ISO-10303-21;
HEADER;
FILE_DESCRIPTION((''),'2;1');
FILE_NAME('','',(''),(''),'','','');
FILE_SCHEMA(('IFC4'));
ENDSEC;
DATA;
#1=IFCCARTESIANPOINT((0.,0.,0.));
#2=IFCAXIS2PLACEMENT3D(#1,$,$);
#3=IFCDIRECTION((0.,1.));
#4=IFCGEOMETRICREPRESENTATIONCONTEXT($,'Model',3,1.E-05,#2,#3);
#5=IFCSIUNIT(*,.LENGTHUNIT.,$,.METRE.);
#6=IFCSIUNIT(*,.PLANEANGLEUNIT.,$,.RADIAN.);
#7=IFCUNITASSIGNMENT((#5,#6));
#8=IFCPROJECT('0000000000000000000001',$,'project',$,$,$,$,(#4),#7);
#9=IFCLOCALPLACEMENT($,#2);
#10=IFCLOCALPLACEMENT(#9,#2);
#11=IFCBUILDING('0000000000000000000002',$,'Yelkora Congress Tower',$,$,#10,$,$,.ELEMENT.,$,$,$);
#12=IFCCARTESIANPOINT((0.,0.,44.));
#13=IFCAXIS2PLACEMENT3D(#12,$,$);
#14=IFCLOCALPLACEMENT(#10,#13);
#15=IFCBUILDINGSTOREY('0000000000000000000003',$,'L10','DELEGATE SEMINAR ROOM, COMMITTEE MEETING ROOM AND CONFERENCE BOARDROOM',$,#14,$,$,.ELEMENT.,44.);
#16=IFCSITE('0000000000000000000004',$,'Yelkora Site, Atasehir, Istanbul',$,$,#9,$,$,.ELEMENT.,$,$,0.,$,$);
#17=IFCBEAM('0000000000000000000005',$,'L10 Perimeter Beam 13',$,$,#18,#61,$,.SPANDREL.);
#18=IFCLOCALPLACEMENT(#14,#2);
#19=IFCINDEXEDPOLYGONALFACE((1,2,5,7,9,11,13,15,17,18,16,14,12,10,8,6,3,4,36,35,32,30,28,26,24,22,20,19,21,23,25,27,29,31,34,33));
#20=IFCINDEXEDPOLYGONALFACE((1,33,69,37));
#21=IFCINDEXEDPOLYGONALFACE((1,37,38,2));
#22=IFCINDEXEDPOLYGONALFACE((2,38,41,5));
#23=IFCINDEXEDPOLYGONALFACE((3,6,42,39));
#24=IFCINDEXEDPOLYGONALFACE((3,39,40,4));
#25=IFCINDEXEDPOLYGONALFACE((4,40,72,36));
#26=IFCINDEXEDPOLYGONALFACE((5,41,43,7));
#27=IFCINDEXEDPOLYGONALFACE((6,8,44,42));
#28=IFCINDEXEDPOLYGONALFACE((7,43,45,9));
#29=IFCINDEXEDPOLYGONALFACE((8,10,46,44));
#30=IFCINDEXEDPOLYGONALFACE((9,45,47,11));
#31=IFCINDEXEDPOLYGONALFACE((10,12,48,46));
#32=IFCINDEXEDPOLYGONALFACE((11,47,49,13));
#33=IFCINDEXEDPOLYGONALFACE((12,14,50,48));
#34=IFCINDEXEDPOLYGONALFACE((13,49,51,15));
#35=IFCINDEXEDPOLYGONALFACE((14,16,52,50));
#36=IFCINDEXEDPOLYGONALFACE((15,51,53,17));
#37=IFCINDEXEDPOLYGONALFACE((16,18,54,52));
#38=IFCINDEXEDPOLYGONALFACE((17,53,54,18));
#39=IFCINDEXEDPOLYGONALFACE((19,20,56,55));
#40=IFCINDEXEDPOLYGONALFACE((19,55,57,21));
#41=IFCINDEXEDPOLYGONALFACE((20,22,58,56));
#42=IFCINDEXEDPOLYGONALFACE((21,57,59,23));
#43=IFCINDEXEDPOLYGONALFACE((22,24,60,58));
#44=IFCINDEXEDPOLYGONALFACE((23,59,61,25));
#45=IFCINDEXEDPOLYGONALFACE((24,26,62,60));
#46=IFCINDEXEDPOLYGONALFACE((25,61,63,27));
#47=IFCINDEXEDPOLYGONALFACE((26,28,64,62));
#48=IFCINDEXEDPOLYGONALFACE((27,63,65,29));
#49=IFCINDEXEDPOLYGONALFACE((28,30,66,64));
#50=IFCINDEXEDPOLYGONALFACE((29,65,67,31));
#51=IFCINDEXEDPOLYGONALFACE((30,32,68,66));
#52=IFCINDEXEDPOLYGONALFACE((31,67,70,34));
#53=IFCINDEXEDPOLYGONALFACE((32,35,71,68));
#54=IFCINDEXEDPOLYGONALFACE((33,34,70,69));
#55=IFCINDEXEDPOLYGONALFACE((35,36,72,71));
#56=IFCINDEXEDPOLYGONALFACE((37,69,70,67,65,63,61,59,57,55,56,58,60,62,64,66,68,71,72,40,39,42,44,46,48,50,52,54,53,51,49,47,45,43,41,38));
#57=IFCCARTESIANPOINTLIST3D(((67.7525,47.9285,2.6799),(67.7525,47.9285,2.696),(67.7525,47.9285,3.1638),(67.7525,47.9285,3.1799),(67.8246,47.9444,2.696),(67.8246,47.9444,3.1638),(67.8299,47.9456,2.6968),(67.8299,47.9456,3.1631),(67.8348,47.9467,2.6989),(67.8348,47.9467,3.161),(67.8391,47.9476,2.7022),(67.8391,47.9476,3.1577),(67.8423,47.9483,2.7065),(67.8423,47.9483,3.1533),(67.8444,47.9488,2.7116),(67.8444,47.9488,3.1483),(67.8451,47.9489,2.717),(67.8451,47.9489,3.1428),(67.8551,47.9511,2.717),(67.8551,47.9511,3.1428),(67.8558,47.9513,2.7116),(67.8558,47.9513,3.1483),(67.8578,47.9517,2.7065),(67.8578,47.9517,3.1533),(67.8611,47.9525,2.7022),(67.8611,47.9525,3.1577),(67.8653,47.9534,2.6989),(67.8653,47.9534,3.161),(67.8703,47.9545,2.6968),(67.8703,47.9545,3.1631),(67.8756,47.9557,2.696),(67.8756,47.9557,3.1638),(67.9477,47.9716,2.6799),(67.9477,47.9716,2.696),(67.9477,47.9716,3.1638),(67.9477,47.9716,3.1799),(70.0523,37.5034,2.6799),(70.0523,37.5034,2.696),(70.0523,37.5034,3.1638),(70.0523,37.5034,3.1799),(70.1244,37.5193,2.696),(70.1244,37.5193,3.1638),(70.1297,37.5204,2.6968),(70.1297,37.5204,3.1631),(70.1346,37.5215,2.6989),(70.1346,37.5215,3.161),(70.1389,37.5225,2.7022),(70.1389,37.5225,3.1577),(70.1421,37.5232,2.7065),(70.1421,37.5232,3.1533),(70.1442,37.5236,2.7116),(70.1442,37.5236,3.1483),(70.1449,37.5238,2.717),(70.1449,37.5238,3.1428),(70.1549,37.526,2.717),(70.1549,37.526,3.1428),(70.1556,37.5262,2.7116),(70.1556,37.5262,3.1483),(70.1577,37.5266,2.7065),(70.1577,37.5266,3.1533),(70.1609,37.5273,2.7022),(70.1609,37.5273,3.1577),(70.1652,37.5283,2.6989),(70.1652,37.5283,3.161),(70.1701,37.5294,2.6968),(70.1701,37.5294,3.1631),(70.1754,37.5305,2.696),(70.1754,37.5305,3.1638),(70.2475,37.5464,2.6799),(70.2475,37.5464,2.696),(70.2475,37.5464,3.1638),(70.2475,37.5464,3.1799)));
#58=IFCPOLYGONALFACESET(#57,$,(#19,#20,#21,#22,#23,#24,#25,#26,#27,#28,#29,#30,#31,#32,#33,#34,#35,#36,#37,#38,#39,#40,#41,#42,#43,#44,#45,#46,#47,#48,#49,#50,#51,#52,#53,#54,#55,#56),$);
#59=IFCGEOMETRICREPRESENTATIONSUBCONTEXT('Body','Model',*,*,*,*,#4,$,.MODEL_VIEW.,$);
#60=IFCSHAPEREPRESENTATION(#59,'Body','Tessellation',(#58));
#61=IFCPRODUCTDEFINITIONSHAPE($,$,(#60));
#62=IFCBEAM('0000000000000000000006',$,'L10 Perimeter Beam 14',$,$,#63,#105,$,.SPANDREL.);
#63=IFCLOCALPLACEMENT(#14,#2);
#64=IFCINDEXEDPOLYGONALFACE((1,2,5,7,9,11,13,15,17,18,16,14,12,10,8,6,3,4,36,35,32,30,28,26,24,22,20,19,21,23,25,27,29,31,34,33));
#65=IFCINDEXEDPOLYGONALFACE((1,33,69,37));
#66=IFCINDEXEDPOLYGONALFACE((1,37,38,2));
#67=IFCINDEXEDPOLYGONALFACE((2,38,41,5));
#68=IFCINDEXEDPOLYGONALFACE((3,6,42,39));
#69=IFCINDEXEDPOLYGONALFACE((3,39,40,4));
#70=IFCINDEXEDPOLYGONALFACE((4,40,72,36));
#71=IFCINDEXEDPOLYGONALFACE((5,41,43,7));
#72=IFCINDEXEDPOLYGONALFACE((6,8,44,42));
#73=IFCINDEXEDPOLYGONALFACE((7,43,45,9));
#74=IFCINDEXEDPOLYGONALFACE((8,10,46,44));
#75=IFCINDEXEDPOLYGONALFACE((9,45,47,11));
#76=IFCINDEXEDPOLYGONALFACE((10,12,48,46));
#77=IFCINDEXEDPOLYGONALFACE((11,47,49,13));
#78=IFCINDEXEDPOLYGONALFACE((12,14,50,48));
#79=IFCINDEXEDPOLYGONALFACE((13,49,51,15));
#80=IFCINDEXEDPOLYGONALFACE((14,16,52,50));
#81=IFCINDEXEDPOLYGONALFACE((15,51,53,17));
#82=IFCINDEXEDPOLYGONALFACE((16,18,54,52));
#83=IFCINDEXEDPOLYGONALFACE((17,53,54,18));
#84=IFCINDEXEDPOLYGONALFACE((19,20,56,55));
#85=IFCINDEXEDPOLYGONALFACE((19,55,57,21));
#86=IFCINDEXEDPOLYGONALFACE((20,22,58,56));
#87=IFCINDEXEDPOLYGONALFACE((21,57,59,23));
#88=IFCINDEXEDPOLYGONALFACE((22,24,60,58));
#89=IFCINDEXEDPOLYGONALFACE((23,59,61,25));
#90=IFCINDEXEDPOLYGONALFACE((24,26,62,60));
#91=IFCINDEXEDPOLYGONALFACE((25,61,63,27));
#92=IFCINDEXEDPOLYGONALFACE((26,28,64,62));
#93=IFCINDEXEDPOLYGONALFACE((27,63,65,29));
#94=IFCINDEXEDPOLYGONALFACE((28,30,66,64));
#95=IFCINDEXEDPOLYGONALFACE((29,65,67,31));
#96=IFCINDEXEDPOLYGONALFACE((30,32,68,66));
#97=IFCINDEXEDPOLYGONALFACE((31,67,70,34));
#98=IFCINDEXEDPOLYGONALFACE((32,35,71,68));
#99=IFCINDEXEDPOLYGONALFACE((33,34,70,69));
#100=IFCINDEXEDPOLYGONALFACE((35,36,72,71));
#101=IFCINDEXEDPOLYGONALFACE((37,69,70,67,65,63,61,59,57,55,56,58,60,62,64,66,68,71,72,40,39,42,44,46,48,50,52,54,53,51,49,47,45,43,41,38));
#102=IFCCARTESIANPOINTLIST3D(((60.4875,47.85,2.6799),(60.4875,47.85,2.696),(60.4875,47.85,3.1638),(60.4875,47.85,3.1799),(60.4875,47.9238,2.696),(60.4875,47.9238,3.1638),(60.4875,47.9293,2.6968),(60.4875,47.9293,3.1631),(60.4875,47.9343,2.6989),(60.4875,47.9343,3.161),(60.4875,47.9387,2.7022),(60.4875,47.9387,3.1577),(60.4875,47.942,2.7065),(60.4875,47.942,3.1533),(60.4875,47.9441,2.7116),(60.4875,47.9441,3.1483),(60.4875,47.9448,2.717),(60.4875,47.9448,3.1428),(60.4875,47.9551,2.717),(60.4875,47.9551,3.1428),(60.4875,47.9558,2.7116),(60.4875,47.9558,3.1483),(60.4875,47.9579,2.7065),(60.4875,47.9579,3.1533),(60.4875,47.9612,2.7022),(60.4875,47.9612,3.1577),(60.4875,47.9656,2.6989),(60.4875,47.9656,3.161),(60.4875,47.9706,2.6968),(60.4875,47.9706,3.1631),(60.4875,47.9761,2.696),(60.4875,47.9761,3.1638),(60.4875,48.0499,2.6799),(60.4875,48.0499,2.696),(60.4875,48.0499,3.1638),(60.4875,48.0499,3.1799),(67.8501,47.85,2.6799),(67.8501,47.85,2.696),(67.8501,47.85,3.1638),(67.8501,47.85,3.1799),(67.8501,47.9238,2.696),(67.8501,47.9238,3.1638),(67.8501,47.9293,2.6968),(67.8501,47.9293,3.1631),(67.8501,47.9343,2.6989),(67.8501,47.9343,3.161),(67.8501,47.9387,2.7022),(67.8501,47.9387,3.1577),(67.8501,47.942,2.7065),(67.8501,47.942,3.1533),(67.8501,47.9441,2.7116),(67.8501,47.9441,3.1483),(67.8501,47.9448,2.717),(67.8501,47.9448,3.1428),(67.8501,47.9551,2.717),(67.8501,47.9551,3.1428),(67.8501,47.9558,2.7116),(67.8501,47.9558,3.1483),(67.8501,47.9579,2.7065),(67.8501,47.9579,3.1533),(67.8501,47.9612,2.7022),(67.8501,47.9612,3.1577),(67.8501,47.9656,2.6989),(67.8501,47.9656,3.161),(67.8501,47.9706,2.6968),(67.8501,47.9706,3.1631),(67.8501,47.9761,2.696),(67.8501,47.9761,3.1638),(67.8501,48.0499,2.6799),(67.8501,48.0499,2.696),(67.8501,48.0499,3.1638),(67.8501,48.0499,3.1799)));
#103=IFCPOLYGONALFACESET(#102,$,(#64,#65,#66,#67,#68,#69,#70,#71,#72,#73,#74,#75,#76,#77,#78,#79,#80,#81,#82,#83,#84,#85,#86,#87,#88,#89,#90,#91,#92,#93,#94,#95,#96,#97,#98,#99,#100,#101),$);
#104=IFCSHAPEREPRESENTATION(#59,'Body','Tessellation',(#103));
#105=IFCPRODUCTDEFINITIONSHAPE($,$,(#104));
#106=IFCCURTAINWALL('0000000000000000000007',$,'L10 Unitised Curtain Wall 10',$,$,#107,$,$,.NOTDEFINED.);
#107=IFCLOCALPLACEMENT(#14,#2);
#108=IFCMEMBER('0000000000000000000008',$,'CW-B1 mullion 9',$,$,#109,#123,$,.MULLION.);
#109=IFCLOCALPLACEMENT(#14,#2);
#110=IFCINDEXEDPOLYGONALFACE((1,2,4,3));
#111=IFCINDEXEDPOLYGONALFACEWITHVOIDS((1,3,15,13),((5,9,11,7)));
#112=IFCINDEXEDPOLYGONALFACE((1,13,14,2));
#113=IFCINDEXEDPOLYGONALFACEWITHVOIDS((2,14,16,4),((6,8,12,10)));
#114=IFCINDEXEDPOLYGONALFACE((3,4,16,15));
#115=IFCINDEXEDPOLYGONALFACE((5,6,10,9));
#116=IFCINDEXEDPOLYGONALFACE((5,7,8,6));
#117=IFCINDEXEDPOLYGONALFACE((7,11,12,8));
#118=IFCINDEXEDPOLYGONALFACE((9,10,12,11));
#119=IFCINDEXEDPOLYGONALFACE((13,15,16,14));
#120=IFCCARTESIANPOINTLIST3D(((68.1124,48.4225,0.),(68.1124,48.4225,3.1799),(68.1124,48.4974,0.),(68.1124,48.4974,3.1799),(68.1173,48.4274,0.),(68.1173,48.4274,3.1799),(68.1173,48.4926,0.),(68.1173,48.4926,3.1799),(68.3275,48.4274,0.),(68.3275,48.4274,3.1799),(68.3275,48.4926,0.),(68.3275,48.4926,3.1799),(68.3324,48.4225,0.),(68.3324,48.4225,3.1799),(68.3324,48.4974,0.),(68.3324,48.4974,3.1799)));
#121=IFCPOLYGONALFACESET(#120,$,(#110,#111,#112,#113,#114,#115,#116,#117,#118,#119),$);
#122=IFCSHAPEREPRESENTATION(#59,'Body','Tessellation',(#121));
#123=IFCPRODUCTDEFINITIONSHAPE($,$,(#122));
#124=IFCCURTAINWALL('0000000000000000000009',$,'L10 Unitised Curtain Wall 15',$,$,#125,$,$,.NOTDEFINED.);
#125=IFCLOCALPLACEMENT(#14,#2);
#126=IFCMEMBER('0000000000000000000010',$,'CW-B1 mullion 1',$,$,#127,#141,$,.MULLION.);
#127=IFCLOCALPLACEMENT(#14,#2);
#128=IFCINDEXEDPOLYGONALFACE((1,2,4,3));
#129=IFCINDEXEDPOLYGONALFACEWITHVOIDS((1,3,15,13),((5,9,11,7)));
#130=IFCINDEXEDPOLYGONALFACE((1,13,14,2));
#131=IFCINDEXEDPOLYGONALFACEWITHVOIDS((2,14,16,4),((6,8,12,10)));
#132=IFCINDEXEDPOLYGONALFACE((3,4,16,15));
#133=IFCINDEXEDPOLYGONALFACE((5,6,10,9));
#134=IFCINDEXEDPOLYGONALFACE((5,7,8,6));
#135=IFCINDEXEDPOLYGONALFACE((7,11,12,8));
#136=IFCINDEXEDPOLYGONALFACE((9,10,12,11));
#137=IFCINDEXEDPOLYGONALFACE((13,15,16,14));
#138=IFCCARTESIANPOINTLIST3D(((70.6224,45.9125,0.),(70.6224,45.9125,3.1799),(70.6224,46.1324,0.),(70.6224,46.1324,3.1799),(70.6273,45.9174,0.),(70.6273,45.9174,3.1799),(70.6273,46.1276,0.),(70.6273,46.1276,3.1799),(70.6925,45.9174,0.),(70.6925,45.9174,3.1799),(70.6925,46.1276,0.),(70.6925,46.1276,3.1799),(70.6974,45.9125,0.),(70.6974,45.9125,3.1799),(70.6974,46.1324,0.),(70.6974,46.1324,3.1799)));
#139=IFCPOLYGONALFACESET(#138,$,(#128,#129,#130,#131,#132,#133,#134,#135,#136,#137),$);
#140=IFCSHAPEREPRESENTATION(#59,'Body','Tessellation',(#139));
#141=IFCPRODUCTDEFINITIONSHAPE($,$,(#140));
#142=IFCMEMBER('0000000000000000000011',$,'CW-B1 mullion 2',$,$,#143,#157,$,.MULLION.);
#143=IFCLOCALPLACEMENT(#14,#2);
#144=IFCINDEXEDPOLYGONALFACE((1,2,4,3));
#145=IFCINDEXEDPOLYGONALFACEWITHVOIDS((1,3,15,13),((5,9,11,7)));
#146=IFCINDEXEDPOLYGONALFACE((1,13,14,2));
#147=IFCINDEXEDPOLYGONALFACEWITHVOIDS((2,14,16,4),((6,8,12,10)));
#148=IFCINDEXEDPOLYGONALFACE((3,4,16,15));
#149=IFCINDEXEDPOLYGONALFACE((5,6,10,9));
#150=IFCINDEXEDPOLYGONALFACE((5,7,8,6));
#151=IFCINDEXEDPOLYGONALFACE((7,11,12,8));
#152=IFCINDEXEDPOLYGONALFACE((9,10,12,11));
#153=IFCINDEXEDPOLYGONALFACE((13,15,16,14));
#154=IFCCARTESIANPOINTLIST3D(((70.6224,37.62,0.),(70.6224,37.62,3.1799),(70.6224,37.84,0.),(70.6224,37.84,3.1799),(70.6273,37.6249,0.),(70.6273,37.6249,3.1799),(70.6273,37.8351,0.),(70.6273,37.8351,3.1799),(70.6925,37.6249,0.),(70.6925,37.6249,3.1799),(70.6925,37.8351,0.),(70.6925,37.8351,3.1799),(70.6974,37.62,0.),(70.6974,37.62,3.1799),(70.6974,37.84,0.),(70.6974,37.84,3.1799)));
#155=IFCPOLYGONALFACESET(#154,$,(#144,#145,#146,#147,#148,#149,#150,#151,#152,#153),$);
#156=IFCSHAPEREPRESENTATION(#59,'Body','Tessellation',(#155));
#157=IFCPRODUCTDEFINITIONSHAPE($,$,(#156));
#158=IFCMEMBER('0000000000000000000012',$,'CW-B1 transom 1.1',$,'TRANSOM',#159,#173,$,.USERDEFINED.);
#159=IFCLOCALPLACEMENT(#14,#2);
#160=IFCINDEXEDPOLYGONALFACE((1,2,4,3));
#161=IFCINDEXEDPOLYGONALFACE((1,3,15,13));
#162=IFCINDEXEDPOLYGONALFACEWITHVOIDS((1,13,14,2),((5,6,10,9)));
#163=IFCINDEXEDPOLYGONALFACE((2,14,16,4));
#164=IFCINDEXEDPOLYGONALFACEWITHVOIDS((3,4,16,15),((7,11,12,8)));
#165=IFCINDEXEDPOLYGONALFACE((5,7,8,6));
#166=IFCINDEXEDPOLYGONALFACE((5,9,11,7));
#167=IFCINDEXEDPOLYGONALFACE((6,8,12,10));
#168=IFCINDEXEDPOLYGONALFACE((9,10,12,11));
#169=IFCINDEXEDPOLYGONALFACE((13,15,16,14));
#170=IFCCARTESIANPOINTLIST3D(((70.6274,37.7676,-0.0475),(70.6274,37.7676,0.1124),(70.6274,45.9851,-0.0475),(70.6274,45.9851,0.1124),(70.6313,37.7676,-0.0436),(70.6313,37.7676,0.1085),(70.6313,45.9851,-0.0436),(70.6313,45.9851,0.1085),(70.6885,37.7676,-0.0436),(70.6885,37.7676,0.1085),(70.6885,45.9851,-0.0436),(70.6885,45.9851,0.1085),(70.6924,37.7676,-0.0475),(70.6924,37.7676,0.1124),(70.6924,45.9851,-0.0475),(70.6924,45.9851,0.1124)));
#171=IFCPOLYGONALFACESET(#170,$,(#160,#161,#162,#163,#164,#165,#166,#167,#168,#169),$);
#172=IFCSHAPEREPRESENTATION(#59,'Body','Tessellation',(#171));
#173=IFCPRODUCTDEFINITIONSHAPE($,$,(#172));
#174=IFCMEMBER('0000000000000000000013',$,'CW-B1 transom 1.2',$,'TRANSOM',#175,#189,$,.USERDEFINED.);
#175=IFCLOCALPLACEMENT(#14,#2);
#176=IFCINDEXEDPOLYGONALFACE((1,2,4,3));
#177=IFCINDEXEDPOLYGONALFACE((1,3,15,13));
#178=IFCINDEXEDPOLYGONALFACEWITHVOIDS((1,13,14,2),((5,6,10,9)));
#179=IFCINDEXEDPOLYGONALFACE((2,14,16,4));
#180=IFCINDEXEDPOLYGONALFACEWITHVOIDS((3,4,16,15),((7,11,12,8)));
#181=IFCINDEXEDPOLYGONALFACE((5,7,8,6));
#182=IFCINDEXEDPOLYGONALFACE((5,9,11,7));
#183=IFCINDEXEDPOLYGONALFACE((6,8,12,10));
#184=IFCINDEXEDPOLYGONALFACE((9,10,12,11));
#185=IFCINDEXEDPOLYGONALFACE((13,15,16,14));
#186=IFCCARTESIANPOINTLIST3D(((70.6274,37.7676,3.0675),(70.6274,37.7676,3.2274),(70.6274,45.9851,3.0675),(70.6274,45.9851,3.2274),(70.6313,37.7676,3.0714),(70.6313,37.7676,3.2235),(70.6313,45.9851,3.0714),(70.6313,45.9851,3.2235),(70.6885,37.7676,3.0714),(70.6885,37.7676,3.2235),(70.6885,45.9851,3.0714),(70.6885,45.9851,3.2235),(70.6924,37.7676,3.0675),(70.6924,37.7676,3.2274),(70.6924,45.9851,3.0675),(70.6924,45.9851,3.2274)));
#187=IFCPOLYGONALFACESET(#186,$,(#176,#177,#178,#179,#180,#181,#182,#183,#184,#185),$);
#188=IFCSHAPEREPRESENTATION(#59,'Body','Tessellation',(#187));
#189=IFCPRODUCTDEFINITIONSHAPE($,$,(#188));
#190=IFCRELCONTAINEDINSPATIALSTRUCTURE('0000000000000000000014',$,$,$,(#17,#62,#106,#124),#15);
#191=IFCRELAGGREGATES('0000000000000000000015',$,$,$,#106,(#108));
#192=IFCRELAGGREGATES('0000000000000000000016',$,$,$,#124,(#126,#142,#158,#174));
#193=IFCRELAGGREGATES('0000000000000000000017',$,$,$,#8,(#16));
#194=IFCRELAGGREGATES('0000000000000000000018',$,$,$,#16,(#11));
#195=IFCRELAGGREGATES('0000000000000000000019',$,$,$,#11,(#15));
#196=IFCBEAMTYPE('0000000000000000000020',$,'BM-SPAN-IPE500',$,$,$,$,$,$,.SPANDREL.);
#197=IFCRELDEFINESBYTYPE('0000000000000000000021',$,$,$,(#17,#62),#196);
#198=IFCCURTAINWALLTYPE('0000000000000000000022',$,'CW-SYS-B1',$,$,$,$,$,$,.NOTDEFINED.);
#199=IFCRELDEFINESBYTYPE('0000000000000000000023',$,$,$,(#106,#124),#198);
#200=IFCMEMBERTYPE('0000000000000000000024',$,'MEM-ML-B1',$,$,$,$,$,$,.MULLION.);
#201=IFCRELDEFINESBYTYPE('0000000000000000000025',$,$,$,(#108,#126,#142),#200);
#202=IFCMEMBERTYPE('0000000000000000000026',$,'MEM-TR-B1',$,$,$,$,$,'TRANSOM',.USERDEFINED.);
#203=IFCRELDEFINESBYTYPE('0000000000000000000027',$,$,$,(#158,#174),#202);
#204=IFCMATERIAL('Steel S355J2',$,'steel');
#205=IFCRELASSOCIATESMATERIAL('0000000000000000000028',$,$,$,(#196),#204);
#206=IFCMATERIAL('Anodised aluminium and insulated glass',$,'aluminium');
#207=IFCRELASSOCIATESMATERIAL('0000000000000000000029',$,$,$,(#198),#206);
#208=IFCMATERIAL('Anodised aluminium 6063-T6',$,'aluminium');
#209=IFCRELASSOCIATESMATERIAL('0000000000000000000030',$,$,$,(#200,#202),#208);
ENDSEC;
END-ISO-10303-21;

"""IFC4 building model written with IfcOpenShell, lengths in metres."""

from ifc_helpers import new_model, si_unit, direction, frame, origin, origin_2d, place, context, subcontext, project, spatial, hollow_rectangle, i_section, extrude, material, material_profile, profile_set, type_object, element, aggregate, save


model = new_model("IFC4")

# Units and contexts
model_context = context("Model", 3, precision=1e-05, world=origin(), true_north=direction((0.0, 1.0)))
body_context = subcontext(model_context, "Body", "Model", "MODEL_VIEW")
ifc_project = project(units=[si_unit("LENGTHUNIT", "METRE"), si_unit("PLANEANGLEUNIT", "RADIAN")], contexts=[model_context])

# Site, building, storey
site_placement = place(None, origin())
site = spatial("IfcSite", under=ifc_project, at=site_placement, Name="Yelkora Site, Atasehir, Istanbul", CompositionType="ELEMENT", RefElevation=0.0)
building_placement = place(site_placement, origin())
building = spatial("IfcBuilding", under=site, at=building_placement, Name="Yelkora Congress Tower", CompositionType="ELEMENT")
storey_placement = place(building_placement, frame((0.0, 0.0, 44.0)))
storey = spatial("IfcBuildingStorey", under=building, at=storey_placement, Name="L10", Description="DELEGATE SEMINAR ROOM, COMMITTEE MEETING ROOM AND CONFERENCE BOARDROOM", CompositionType="ELEMENT", Elevation=44.0)

# Beams
ifc_material_1 = material(Name="Steel S355J2", Category="steel")
ifc_material_profile_1 = material_profile(ifc_material_1, i_section(OverallWidth=0.2, OverallDepth=0.5, WebThickness=0.0103, FlangeThickness=0.0161, FilletRadius=0.021, at=origin_2d()), Name="IPE 500")
ifc_profile_set_1 = profile_set([ifc_material_profile_1], Name="Steel S355J2")
beam_type_1 = type_object("IfcBeamType", Name="BM-SPAN-IPE500", PredefinedType="SPANDREL", material=ifc_profile_set_1)
beam_1_placement = place(storey_placement, frame((70.1499, 37.5249, 2.9299), z_axis=(-0.215424, 0.976521, 0.0), x_axis=(-0.976521, -0.215424, 0.0)))
element("IfcBeam", 1, at=beam_1_placement, inside=storey, type_object=beam_type_1, Name="L10 Perimeter Beam 13", PredefinedType="SPANDREL", context=body_context, shape_type="SweptSolid", body=[
    extrude(i_section(OverallWidth=0.2, OverallDepth=0.5, WebThickness=0.0103, FlangeThickness=0.0161, FilletRadius=0.021, at=origin_2d()), origin(), (0.0, 0.0, 1.0), 10.6758),
])
beam_2_placement = place(storey_placement, frame((67.8501, 47.95, 2.9299), z_axis=(-1.0, 0.0, 0.0), x_axis=(0.0, -1.0, 0.0)))
element("IfcBeam", 2, at=beam_2_placement, inside=storey, type_object=beam_type_1, Name="L10 Perimeter Beam 14", PredefinedType="SPANDREL", context=body_context, shape_type="SweptSolid", body=[
    extrude(i_section(OverallWidth=0.2, OverallDepth=0.5, WebThickness=0.0103, FlangeThickness=0.0161, FilletRadius=0.021, at=origin_2d()), origin(), (0.0, 0.0, 1.0), 7.3625),
])

# Curtain wall, member
ifc_material_2 = material(Name="Anodised aluminium and insulated glass", Category="aluminium")
curtain_wall_type = type_object("IfcCurtainWallType", Name="CW-SYS-B1", PredefinedType="NOTDEFINED", material=ifc_material_2)
curtain_wall_1_placement = place(storey_placement, origin())
curtain_wall_1 = element("IfcCurtainWall", 3, at=curtain_wall_1_placement, inside=storey, type_object=curtain_wall_type, Name="L10 Unitised Curtain Wall 10", PredefinedType="NOTDEFINED")
ifc_material_3 = material(Name="Anodised aluminium 6063-T6", Category="aluminium")
ifc_material_profile_2 = material_profile(ifc_material_3, hollow_rectangle(XDim=0.075, YDim=0.22, WallThickness=0.0049, at=origin_2d()), Name="ALU 75x220x5")
ifc_profile_set_2 = profile_set([ifc_material_profile_2], Name="Anodised aluminium 6063-T6")
member_type_1 = type_object("IfcMemberType", Name="MEM-ML-B1", PredefinedType="MULLION", material=ifc_profile_set_2)
member_1_placement = place(storey_placement, frame((68.2224, 48.46, 0.0), z_axis=(0.0, 0.0, 1.0), x_axis=(0.0, 1.0, 0.0)))
member_1 = element("IfcMember", 4, at=member_1_placement, type_object=member_type_1, Name="CW-B1 mullion 9", PredefinedType="MULLION", context=body_context, shape_type="SweptSolid", body=[
    extrude(hollow_rectangle(XDim=0.075, YDim=0.22, WallThickness=0.0049, at=origin_2d()), origin(), (0.0, 0.0, 1.0), 3.1799),
])

# Curtain wall, members
curtain_wall_2_placement = place(storey_placement, origin())
curtain_wall_2 = element("IfcCurtainWall", 5, at=curtain_wall_2_placement, inside=storey, type_object=curtain_wall_type, Name="L10 Unitised Curtain Wall 15", PredefinedType="NOTDEFINED")
member_2_placement = place(storey_placement, frame((70.6599, 46.0225, 0.0), z_axis=(0.0, 0.0, 1.0), x_axis=(1.0, 0.0, 0.0)))
member_2 = element("IfcMember", 6, at=member_2_placement, type_object=member_type_1, Name="CW-B1 mullion 1", PredefinedType="MULLION", context=body_context, shape_type="SweptSolid", body=[
    extrude(hollow_rectangle(XDim=0.075, YDim=0.22, WallThickness=0.0049, at=origin_2d()), origin(), (0.0, 0.0, 1.0), 3.1799),
])
member_3_placement = place(storey_placement, frame((70.6599, 37.73, 0.0), z_axis=(0.0, 0.0, 1.0), x_axis=(1.0, 0.0, 0.0)))
member_3 = element("IfcMember", 7, at=member_3_placement, type_object=member_type_1, Name="CW-B1 mullion 2", PredefinedType="MULLION", context=body_context, shape_type="SweptSolid", body=[
    extrude(hollow_rectangle(XDim=0.075, YDim=0.22, WallThickness=0.0049, at=origin_2d()), origin(), (0.0, 0.0, 1.0), 3.1799),
])
ifc_material_profile_3 = material_profile(ifc_material_3, hollow_rectangle(XDim=0.0649, YDim=0.1599, WallThickness=0.0039, at=origin_2d()), Name="ALU 65x160x4")
ifc_profile_set_3 = profile_set([ifc_material_profile_3], Name="Anodised aluminium 6063-T6")
member_type_2 = type_object("IfcMemberType", Name="MEM-TR-B1", ElementType="TRANSOM", PredefinedType="USERDEFINED", material=ifc_profile_set_3)
member_4_placement = place(storey_placement, frame((70.6599, 45.9851, 0.0325), z_axis=(0.0, -1.0, 0.0), x_axis=(1.0, 0.0, 0.0)))
member_4 = element("IfcMember", 8, at=member_4_placement, type_object=member_type_2, Name="CW-B1 transom 1.1", ObjectType="TRANSOM", PredefinedType="USERDEFINED", context=body_context, shape_type="SweptSolid", body=[
    extrude(hollow_rectangle(XDim=0.0649, YDim=0.1599, WallThickness=0.0039, at=origin_2d()), origin(), (0.0, 0.0, 1.0), 8.2175),
])
member_5_placement = place(storey_placement, frame((70.6599, 45.9851, 3.1475), z_axis=(0.0, -1.0, 0.0), x_axis=(1.0, 0.0, 0.0)))
member_5 = element("IfcMember", 9, at=member_5_placement, type_object=member_type_2, Name="CW-B1 transom 1.2", ObjectType="TRANSOM", PredefinedType="USERDEFINED", context=body_context, shape_type="SweptSolid", body=[
    extrude(hollow_rectangle(XDim=0.0649, YDim=0.1599, WallThickness=0.0039, at=origin_2d()), origin(), (0.0, 0.0, 1.0), 8.2175),
])

aggregate(curtain_wall_1, [member_1])
aggregate(curtain_wall_2, [member_2, member_3, member_4, member_5])

save(model, "model.ifc")
